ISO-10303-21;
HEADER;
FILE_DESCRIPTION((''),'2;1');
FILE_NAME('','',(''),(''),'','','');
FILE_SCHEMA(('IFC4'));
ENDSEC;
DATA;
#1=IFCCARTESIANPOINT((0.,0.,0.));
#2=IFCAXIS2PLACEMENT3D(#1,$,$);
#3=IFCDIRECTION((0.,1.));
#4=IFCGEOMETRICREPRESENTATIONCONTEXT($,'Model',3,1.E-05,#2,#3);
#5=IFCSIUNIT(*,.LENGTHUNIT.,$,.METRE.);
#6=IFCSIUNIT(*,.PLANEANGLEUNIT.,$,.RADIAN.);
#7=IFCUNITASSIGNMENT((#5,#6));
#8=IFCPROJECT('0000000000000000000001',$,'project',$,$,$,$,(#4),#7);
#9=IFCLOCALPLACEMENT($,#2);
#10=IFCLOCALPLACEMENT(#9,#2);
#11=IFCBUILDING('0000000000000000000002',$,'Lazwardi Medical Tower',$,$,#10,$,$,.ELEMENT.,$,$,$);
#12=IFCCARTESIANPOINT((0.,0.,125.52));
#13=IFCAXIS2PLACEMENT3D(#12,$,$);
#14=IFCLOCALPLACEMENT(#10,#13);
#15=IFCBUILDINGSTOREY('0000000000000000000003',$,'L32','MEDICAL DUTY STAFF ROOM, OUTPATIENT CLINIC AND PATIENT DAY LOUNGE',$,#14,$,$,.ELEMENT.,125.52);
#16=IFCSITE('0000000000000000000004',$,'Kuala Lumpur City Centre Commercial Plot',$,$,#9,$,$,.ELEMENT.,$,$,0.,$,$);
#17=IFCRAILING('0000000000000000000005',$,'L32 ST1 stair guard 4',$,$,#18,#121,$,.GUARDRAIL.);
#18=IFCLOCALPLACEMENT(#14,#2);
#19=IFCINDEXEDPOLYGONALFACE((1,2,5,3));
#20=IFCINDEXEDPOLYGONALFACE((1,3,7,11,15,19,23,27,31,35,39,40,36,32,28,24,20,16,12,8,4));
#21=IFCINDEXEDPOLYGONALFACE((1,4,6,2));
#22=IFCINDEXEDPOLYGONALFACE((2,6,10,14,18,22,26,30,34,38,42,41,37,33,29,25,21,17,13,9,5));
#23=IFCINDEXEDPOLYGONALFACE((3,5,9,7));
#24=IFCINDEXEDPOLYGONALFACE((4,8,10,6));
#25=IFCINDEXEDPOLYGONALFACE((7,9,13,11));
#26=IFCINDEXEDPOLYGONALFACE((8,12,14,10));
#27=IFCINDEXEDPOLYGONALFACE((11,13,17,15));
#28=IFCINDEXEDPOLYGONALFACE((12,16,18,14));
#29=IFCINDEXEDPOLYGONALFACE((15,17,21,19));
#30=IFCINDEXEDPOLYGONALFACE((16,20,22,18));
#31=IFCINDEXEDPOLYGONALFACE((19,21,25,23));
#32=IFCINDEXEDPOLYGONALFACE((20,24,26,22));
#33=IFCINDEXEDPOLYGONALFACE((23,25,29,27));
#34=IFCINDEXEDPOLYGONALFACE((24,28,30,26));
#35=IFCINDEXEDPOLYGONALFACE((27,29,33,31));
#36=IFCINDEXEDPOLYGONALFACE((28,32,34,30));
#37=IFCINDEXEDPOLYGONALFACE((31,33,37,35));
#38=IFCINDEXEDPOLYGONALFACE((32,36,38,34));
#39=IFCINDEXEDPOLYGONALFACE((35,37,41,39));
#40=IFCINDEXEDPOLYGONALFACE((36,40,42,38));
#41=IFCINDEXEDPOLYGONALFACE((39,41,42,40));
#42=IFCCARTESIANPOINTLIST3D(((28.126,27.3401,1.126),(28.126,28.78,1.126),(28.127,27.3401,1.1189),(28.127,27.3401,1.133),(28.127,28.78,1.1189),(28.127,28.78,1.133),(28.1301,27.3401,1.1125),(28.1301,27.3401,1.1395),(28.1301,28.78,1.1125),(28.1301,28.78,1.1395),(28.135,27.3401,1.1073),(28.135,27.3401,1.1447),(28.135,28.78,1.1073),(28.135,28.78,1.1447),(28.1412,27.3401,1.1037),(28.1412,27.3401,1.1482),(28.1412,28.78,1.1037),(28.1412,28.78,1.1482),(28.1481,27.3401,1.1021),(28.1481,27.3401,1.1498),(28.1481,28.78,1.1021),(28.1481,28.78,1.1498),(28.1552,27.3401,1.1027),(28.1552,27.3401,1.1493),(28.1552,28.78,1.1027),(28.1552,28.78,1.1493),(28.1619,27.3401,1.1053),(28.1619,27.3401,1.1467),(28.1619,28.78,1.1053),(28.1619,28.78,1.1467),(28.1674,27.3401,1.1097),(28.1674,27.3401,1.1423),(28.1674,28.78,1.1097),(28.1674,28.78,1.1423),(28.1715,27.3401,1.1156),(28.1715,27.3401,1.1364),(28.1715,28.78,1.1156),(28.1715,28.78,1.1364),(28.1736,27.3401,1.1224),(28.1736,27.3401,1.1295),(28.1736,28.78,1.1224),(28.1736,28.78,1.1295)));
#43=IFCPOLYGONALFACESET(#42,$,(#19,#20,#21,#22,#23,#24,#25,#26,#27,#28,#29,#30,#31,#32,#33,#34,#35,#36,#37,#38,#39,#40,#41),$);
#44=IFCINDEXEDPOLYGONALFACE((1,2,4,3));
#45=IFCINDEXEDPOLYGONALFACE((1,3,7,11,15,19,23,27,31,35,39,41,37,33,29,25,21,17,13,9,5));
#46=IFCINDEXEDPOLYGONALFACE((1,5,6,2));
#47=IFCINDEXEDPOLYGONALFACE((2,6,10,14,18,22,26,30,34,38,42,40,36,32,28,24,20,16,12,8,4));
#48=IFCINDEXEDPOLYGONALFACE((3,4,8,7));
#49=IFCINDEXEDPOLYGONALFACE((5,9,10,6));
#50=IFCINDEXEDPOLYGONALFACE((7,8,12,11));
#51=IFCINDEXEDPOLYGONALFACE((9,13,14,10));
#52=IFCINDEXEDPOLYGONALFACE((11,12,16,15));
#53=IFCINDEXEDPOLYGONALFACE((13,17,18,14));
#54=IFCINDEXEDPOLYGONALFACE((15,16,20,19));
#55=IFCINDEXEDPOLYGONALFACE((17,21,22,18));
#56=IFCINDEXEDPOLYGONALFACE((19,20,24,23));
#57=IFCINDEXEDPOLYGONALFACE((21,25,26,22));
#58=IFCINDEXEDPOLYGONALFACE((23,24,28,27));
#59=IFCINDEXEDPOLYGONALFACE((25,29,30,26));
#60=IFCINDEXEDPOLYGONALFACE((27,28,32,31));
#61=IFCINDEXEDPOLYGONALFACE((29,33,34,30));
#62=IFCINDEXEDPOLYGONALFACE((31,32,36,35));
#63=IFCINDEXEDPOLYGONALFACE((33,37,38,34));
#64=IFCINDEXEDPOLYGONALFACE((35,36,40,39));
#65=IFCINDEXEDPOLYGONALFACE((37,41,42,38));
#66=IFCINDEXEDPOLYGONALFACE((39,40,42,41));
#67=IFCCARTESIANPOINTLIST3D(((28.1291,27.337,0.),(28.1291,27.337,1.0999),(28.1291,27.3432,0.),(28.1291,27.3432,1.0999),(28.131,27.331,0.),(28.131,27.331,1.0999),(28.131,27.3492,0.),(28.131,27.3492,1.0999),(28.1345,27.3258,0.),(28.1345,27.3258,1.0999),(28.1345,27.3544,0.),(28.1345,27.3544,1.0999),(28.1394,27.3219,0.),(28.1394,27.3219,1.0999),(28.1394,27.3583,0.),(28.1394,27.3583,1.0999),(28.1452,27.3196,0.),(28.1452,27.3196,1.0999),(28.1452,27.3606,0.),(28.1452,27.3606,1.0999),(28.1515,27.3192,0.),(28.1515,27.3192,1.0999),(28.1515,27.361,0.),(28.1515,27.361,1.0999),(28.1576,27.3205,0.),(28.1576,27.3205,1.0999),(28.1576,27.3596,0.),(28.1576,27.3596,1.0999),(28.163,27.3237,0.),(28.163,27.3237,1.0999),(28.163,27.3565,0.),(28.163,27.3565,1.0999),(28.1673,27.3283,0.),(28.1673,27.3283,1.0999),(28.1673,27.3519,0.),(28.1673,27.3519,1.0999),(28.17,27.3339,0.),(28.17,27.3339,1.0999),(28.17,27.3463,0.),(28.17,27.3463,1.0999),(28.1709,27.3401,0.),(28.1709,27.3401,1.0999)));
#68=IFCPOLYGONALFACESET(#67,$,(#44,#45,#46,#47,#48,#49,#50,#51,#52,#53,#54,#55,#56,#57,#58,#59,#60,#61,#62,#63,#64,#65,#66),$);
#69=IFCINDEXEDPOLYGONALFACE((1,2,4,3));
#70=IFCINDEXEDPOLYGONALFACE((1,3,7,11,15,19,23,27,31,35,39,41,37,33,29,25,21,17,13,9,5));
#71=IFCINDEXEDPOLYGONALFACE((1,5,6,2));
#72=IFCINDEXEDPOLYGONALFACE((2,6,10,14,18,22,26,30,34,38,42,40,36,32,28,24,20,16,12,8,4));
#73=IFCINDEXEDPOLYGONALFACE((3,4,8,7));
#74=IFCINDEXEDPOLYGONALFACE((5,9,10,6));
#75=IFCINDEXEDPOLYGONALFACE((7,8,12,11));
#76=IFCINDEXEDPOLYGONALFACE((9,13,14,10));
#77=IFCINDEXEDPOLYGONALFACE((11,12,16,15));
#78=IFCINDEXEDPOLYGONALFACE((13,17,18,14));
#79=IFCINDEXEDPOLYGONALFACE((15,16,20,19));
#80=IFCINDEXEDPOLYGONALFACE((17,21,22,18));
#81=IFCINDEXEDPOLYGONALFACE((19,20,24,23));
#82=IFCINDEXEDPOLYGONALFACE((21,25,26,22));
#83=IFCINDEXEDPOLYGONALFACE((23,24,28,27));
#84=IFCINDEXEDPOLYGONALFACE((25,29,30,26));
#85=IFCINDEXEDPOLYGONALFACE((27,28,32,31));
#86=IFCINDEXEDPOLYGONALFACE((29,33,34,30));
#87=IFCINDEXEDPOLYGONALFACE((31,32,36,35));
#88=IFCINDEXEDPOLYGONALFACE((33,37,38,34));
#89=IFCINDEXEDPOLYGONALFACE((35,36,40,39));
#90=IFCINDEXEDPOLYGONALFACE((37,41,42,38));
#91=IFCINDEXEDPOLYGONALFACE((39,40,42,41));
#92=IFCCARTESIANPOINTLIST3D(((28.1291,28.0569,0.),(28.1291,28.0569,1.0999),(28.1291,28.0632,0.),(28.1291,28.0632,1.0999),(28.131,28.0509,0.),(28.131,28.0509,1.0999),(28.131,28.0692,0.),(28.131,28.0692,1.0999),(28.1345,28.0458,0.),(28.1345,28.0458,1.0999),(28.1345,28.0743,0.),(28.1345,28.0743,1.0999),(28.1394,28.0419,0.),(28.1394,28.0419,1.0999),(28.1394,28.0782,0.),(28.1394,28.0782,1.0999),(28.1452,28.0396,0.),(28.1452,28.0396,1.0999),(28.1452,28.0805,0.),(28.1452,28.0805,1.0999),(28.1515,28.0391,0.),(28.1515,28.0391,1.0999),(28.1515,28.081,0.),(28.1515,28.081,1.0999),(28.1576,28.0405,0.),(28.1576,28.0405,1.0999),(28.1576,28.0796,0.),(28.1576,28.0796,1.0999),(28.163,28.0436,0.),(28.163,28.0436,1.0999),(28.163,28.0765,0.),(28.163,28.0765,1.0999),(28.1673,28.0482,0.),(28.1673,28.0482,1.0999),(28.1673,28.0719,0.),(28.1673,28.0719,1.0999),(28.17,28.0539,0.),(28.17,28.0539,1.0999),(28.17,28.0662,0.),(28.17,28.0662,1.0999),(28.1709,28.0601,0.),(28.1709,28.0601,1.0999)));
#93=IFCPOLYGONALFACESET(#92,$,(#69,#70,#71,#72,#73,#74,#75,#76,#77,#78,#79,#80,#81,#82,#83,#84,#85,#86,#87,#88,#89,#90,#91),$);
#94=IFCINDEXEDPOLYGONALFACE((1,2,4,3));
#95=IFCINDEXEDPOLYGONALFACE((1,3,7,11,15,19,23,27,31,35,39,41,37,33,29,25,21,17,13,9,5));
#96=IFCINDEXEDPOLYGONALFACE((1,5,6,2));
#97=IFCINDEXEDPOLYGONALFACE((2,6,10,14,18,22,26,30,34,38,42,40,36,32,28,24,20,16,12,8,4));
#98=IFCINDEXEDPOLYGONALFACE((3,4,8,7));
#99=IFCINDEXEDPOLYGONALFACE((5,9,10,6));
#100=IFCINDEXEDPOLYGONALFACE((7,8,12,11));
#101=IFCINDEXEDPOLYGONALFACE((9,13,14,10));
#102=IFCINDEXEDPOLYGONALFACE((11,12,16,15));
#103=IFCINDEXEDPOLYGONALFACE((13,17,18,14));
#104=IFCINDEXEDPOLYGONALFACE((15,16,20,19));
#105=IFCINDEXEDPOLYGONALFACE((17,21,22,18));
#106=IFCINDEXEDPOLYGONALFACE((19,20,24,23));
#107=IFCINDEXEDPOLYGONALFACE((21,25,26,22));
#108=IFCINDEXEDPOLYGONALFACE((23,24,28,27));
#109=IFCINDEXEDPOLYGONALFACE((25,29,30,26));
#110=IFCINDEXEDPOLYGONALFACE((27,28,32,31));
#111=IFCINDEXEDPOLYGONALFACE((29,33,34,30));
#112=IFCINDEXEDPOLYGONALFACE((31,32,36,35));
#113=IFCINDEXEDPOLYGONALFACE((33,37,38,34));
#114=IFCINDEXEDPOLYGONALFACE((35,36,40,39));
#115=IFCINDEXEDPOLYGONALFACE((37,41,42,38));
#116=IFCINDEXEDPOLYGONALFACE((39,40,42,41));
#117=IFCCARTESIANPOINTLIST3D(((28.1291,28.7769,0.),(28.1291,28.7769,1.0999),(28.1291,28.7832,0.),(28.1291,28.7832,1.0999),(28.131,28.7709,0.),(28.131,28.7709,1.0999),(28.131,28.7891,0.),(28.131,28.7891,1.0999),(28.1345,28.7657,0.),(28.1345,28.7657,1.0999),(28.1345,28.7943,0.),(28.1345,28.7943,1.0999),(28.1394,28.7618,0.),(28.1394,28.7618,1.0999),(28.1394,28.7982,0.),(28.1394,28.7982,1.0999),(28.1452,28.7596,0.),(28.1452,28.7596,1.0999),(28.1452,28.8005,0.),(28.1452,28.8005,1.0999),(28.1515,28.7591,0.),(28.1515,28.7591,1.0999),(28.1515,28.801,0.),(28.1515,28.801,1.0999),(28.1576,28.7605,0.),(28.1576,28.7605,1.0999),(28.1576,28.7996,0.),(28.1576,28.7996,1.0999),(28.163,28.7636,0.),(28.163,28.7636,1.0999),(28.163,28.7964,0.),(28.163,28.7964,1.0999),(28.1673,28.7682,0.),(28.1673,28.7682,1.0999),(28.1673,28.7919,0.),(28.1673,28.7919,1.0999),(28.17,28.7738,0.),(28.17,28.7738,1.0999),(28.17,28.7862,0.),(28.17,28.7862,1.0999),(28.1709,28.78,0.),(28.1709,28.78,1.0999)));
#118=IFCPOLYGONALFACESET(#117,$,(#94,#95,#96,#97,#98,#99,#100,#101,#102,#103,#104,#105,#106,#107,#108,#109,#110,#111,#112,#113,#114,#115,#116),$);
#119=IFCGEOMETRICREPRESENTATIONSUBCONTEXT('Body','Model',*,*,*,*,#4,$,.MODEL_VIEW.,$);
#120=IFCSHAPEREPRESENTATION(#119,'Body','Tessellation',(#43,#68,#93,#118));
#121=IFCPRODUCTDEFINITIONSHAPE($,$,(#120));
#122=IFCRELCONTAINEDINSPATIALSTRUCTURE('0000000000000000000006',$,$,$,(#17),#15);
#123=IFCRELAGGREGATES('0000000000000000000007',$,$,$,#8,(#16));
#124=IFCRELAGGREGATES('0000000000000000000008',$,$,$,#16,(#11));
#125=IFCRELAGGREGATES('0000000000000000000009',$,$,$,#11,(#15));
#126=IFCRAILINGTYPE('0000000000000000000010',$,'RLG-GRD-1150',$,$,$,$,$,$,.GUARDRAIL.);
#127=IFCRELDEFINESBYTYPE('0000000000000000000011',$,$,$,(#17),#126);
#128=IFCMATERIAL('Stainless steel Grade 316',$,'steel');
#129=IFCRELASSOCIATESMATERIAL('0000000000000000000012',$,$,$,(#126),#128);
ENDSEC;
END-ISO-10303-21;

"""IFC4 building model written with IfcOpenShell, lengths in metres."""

from ifc_helpers import new_model, si_unit, direction, frame, origin, origin_2d, place, context, subcontext, project, spatial, circle, extrude, material, type_object, element, save


model = new_model("IFC4")

# Units and contexts
model_context = context("Model", 3, precision=1e-05, world=origin(), true_north=direction((0.0, 1.0)))
body_context = subcontext(model_context, "Body", "Model", "MODEL_VIEW")
ifc_project = project(units=[si_unit("LENGTHUNIT", "METRE"), si_unit("PLANEANGLEUNIT", "RADIAN")], contexts=[model_context])

# Site, building, storey
site_placement = place(None, origin())
site = spatial("IfcSite", under=ifc_project, at=site_placement, Name="Kuala Lumpur City Centre Commercial Plot", CompositionType="ELEMENT", RefElevation=0.0)
building_placement = place(site_placement, origin())
building = spatial("IfcBuilding", under=site, at=building_placement, Name="Lazwardi Medical Tower", CompositionType="ELEMENT")
storey_placement = place(building_placement, frame((0.0, 0.0, 125.52)))
storey = spatial("IfcBuildingStorey", under=building, at=storey_placement, Name="L32", Description="MEDICAL DUTY STAFF ROOM, OUTPATIENT CLINIC AND PATIENT DAY LOUNGE", CompositionType="ELEMENT", Elevation=125.52)

# Railing
ifc_material_1 = material(Name="Stainless steel Grade 316", Category="steel")
railing_type_1 = type_object("IfcRailingType", Name="RLG-GRD-1150", PredefinedType="GUARDRAIL", material=ifc_material_1)
railing_1_placement = place(storey_placement, frame((28.1499, 27.3401, 0.0)))
element("IfcRailing", 1, at=railing_1_placement, inside=storey, type_object=railing_type_1, Name="L32 ST1 stair guard 4", PredefinedType="GUARDRAIL", context=body_context, shape_type="SweptSolid", body=[
    extrude(circle(Radius=0.0239, at=origin_2d()), frame((0.0, 0.0, 1.126), z_axis=(0.0, 1.0, 0.0), x_axis=(-1.0, 0.0, 0.0)), (0.0, 0.0, 1.0), 1.4399),
    extrude(circle(Radius=0.021, at=origin_2d()), origin(), (0.0, 0.0, 1.0), 1.0999),
    extrude(circle(Radius=0.021, at=origin_2d()), frame((0.0, 0.72, 0.0)), (0.0, 0.0, 1.0), 1.0999),
    extrude(circle(Radius=0.021, at=origin_2d()), frame((0.0, 1.4399, 0.0)), (0.0, 0.0, 1.0), 1.0999),
])

save(model, "model.ifc")
